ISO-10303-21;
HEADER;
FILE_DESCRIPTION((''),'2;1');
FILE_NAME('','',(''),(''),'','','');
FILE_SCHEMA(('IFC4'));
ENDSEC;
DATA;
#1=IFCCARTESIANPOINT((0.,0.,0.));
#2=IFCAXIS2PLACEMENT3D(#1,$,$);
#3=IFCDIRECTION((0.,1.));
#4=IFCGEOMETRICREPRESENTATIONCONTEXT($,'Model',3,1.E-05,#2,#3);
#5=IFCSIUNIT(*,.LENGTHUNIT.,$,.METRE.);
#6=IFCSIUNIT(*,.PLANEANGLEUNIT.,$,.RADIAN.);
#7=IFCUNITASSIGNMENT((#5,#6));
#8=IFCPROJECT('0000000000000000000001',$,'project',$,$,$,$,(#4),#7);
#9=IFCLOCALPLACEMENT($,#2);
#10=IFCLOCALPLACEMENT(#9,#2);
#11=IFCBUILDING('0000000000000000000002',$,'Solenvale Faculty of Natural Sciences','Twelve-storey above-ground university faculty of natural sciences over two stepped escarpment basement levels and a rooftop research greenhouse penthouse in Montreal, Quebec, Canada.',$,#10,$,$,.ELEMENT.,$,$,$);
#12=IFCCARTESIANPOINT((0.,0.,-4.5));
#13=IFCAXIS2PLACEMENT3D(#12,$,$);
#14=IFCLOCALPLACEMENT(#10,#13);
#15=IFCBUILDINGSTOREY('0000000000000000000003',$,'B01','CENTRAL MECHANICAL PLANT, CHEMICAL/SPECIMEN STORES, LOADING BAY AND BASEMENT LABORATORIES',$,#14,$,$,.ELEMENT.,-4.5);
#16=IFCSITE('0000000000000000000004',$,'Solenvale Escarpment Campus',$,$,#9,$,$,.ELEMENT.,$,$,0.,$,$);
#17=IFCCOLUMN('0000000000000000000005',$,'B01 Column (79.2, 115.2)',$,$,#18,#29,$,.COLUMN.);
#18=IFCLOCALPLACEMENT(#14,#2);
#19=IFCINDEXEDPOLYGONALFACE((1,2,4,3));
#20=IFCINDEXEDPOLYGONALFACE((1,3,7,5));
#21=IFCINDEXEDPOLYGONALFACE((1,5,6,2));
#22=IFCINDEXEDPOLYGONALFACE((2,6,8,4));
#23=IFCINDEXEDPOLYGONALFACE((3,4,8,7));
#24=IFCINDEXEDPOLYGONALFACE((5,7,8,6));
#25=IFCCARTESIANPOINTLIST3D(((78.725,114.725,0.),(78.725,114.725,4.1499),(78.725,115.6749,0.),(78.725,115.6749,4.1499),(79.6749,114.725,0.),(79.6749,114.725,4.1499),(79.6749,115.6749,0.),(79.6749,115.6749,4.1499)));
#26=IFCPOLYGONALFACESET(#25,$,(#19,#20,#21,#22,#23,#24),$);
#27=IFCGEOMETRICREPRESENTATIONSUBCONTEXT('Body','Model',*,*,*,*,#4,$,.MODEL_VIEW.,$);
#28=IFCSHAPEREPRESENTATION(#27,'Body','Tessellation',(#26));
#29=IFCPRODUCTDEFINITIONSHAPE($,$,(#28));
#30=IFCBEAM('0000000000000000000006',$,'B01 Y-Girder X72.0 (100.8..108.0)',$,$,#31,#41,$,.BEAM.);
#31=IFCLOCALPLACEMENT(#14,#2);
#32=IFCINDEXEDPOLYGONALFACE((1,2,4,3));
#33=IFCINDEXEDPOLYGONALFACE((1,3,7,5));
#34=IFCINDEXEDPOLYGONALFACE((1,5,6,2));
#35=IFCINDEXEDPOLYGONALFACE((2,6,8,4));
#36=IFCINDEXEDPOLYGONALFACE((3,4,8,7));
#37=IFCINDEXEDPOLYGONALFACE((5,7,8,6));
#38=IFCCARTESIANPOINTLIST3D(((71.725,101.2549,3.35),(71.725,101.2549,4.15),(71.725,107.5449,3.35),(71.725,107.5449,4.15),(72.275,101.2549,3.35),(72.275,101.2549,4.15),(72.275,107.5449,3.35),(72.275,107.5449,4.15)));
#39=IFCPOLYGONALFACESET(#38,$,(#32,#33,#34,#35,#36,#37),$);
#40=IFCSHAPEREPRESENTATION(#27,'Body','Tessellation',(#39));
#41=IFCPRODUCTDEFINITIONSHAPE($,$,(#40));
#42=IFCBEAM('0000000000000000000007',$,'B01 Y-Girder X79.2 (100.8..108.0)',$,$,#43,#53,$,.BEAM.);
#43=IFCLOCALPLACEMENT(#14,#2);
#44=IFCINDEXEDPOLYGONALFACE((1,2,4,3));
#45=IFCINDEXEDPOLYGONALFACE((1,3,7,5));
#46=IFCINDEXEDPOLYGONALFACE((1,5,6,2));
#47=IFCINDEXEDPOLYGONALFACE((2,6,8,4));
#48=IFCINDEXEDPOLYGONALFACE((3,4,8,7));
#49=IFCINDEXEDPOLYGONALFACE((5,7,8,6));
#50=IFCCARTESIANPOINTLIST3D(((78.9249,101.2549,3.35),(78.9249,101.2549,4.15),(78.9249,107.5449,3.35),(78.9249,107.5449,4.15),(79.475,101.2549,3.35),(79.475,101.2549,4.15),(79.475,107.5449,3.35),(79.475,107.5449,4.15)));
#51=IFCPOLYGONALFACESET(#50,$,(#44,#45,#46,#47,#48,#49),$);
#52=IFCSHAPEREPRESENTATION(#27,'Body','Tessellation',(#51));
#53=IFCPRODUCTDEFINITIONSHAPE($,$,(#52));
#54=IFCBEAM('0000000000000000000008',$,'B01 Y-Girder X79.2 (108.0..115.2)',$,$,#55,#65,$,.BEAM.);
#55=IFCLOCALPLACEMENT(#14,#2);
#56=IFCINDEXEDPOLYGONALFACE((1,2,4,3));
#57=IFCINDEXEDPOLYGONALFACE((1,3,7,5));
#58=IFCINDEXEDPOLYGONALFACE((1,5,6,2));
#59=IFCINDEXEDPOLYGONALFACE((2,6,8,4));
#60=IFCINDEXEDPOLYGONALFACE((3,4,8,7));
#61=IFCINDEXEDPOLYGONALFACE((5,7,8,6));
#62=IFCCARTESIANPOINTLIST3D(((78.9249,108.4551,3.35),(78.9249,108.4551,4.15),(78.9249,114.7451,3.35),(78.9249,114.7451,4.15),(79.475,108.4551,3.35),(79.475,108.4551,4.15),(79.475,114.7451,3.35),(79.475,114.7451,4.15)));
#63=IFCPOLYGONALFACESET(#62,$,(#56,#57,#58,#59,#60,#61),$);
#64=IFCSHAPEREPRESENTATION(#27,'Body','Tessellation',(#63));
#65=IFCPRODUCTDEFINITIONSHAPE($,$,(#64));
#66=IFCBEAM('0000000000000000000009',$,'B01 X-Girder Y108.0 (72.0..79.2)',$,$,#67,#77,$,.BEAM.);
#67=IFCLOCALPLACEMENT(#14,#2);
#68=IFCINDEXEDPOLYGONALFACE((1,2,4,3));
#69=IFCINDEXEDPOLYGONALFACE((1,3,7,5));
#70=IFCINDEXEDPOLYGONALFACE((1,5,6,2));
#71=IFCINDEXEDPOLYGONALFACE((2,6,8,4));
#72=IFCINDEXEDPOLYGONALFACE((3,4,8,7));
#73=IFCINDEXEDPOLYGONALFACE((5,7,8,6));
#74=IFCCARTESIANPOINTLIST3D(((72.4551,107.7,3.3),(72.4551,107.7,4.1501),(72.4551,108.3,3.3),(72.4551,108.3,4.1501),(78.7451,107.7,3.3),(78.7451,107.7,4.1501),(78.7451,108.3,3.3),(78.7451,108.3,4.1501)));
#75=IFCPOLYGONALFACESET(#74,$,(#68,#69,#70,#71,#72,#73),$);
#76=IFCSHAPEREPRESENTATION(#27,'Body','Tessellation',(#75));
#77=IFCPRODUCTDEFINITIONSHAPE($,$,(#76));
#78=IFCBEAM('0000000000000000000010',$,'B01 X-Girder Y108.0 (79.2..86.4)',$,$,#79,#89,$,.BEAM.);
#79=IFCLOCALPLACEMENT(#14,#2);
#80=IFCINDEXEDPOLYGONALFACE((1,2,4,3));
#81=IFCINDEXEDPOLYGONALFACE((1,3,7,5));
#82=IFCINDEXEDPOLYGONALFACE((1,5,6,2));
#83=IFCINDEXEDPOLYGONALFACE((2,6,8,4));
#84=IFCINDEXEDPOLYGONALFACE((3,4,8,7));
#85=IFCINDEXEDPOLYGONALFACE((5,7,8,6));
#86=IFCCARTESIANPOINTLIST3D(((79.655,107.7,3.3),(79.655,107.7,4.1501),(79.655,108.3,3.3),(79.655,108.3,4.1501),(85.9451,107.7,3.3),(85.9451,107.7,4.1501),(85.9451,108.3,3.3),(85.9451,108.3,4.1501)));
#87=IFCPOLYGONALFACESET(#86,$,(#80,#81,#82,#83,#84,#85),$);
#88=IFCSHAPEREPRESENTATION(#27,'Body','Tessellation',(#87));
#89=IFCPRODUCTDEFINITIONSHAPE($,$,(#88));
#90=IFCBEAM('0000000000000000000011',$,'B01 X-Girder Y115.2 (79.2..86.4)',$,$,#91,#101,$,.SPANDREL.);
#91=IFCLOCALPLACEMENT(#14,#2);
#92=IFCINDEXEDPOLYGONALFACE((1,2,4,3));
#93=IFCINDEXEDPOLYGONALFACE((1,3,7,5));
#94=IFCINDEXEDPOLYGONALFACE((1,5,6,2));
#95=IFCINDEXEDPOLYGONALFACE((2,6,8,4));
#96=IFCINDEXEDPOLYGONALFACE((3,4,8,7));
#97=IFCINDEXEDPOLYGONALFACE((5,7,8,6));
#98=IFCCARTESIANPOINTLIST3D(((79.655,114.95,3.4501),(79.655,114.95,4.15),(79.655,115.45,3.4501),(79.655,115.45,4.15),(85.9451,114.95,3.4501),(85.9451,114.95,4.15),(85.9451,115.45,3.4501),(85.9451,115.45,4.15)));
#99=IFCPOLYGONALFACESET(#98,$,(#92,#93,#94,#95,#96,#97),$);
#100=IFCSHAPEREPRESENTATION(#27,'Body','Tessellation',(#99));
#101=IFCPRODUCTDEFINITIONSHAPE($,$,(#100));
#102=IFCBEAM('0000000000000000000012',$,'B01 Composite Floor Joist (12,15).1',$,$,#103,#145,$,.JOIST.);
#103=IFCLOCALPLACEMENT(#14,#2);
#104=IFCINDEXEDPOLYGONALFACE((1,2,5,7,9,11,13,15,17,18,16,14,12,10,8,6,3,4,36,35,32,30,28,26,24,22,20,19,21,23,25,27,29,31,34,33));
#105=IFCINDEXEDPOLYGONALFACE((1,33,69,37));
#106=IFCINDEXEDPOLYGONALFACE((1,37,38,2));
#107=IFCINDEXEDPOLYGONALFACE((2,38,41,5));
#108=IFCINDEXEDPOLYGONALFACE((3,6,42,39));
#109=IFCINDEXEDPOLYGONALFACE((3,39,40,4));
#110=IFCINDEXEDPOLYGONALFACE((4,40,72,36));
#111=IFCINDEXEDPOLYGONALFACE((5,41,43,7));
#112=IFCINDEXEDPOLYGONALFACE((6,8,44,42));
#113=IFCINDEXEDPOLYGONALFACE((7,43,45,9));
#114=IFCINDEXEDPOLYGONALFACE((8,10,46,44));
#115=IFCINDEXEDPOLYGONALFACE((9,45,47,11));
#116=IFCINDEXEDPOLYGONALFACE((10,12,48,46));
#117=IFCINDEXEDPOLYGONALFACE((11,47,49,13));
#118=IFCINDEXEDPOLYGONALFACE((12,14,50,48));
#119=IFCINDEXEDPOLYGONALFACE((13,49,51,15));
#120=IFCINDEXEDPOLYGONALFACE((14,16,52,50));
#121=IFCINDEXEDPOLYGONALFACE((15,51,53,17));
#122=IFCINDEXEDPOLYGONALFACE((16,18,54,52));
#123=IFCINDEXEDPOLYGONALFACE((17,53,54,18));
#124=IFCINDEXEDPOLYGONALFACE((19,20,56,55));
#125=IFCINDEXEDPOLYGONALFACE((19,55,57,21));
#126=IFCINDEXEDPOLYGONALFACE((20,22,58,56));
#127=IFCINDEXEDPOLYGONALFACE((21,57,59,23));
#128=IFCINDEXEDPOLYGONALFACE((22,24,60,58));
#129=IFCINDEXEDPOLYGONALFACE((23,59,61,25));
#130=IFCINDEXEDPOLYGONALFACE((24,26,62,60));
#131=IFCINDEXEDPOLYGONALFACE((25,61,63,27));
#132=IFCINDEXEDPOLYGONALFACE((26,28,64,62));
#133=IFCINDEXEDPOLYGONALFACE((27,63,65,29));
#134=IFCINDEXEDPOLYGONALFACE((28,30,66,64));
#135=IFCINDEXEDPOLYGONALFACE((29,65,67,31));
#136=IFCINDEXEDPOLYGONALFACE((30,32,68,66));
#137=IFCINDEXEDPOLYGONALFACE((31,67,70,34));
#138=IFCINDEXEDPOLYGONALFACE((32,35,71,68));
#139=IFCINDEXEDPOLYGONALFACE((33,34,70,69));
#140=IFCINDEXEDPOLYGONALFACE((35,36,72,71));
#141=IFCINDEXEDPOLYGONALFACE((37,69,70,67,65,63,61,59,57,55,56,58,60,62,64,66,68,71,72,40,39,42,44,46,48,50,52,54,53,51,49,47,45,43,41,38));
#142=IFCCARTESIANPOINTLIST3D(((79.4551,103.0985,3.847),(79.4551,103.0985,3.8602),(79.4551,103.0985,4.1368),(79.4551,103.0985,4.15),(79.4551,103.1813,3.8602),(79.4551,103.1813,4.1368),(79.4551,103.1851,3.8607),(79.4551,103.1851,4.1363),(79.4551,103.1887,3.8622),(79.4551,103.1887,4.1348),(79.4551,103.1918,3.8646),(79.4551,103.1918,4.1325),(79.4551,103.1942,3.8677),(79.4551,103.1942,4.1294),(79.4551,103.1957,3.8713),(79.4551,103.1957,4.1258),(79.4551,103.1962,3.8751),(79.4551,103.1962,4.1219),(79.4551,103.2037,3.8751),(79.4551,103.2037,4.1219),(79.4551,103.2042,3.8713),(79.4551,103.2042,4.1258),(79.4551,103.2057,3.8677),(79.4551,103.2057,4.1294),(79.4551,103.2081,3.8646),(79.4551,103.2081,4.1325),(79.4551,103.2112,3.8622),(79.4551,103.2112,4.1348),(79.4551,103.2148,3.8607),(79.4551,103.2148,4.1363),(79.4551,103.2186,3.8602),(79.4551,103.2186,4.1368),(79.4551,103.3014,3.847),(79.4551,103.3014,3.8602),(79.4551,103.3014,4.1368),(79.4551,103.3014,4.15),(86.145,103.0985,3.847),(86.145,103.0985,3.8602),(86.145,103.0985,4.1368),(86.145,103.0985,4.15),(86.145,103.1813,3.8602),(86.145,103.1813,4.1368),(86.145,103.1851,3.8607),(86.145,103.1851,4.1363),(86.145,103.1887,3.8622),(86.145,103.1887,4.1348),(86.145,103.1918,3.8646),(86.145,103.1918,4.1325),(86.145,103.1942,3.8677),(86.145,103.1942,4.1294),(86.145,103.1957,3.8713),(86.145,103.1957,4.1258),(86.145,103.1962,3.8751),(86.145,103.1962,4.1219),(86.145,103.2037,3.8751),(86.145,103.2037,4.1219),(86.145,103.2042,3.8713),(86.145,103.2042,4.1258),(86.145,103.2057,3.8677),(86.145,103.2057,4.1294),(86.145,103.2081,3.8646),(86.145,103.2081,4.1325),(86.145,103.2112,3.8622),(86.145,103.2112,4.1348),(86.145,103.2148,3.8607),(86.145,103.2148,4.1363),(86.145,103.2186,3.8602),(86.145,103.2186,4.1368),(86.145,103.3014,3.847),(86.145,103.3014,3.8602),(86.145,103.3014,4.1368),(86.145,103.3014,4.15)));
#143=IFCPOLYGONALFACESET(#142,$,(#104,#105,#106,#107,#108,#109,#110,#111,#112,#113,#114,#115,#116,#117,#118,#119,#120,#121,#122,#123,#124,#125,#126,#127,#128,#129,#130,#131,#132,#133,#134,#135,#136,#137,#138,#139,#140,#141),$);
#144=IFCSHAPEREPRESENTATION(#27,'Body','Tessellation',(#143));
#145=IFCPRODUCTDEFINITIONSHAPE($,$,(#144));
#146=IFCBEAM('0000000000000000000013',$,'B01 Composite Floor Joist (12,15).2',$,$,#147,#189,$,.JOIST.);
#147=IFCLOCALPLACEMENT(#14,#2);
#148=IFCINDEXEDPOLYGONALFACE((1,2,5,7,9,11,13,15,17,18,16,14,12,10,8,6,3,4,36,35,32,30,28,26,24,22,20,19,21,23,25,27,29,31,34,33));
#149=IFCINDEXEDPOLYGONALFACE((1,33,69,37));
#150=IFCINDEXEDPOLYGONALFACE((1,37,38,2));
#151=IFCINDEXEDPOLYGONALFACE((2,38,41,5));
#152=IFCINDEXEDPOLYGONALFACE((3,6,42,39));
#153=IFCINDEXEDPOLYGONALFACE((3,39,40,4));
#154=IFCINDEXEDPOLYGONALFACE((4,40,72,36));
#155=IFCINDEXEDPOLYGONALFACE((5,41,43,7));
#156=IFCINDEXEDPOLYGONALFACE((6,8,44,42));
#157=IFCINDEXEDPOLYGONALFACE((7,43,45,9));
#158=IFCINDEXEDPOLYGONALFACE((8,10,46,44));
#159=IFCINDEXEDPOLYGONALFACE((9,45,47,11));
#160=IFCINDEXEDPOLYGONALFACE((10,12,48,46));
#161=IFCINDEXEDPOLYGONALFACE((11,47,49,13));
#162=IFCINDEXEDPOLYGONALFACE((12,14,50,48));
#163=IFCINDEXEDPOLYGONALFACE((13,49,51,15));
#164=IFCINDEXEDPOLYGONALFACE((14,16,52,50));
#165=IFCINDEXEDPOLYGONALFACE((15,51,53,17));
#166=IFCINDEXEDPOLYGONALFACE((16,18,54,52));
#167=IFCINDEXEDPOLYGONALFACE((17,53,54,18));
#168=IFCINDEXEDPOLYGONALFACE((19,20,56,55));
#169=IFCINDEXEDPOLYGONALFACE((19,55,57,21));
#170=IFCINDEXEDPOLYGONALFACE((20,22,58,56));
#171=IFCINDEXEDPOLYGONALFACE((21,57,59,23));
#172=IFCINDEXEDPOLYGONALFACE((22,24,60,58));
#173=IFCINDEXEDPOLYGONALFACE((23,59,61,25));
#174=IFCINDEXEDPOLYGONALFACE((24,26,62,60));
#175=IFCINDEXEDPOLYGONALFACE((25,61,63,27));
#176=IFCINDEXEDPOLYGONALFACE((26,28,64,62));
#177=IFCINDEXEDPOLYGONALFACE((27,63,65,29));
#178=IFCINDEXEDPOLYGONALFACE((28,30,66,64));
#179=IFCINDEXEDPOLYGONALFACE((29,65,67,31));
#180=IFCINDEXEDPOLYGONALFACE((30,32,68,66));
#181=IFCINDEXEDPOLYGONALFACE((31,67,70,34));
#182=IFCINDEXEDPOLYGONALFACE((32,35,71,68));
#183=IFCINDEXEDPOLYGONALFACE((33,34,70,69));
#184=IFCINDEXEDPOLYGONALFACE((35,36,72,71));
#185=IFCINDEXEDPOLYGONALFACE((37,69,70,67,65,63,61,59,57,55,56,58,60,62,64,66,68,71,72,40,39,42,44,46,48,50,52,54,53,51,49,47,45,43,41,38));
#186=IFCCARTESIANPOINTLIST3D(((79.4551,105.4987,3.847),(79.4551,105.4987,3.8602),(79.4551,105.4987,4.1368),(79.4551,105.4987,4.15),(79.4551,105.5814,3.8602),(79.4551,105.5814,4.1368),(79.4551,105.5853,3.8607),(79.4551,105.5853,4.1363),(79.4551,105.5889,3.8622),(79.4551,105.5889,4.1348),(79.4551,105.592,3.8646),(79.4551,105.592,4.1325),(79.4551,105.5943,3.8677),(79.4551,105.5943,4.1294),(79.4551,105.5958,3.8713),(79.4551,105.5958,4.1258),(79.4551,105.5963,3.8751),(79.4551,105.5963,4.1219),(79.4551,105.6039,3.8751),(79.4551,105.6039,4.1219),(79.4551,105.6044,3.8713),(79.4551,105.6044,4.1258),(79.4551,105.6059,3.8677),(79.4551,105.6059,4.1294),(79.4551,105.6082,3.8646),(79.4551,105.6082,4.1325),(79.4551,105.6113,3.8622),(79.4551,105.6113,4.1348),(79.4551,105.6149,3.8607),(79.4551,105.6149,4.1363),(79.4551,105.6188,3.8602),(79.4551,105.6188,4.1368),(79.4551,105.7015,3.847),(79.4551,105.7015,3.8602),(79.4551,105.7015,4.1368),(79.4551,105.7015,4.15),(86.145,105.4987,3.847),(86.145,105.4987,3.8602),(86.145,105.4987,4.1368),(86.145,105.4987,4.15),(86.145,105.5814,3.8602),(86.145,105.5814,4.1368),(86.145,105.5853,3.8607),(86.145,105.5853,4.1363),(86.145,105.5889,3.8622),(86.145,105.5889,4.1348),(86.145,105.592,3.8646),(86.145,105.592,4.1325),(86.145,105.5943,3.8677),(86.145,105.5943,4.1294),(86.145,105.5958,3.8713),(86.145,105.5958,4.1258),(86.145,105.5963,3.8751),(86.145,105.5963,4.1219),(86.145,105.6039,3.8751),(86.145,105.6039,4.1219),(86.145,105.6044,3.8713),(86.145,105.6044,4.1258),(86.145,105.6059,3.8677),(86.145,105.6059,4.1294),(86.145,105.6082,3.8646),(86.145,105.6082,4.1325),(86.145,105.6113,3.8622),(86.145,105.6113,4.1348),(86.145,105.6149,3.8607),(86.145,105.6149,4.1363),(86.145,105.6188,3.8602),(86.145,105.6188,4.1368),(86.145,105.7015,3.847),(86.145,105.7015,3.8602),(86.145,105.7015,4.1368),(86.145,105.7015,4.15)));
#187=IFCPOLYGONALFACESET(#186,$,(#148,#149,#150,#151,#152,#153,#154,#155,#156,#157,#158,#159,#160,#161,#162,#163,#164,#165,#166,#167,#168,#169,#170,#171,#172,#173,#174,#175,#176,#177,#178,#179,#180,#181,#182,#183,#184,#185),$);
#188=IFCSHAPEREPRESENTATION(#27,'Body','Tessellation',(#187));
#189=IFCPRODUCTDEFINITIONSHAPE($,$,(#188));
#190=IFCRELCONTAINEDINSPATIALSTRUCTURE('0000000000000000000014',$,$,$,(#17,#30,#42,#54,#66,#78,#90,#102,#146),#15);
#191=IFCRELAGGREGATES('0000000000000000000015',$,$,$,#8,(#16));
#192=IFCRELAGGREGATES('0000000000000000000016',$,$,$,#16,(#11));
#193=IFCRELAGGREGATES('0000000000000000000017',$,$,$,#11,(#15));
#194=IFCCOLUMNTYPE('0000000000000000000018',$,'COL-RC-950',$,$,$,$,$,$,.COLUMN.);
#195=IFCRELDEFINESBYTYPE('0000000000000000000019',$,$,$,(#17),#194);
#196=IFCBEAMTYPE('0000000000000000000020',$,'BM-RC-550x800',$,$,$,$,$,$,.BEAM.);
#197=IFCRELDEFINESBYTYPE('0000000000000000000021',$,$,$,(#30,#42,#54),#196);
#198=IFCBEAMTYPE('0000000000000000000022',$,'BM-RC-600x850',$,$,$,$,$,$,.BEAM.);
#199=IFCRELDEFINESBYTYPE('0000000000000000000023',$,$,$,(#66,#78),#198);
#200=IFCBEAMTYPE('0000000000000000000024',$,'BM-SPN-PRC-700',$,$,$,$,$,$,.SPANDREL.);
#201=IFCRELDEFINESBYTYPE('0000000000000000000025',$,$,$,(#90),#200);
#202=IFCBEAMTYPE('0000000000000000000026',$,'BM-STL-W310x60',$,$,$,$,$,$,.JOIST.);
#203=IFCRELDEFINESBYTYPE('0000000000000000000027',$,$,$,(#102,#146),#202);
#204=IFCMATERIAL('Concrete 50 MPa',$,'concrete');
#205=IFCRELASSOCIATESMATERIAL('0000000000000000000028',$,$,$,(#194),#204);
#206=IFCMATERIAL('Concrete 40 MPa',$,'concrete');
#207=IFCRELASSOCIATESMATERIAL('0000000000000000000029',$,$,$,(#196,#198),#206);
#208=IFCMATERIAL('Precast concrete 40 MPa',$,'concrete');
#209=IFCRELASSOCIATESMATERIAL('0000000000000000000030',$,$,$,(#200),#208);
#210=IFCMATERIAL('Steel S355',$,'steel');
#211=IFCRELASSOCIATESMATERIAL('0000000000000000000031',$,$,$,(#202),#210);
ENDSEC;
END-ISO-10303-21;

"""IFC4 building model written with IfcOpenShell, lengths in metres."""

from ifc_helpers import new_model, si_unit, direction, frame, origin, origin_2d, place, context, subcontext, project, spatial, rectangle, i_section, extrude, material, material_profile, profile_set, type_object, element, save


model = new_model("IFC4")

# Units and contexts
model_context = context("Model", 3, precision=1e-05, world=origin(), true_north=direction((0.0, 1.0)))
body_context = subcontext(model_context, "Body", "Model", "MODEL_VIEW")
ifc_project = project(units=[si_unit("LENGTHUNIT", "METRE"), si_unit("PLANEANGLEUNIT", "RADIAN")], contexts=[model_context])

# Site, building, storey
site_placement = place(None, origin())
site = spatial("IfcSite", under=ifc_project, at=site_placement, Name="Solenvale Escarpment Campus", CompositionType="ELEMENT", RefElevation=0.0)
building_placement = place(site_placement, origin())
building = spatial("IfcBuilding", under=site, at=building_placement, Name="Solenvale Faculty of Natural Sciences", Description="Twelve-storey above-ground university faculty of natural sciences over two stepped escarpment basement levels and a rooftop research greenhouse penthouse in Montreal, Quebec, Canada.", CompositionType="ELEMENT")
storey_placement = place(building_placement, frame((0.0, 0.0, -4.5)))
storey = spatial("IfcBuildingStorey", under=building, at=storey_placement, Name="B01", Description="CENTRAL MECHANICAL PLANT, CHEMICAL/SPECIMEN STORES, LOADING BAY AND BASEMENT LABORATORIES", CompositionType="ELEMENT", Elevation=-4.5)

# Shared definitions
ifc_material_1 = material(Name="Concrete 40 MPa", Category="concrete")

# Column
ifc_material_2 = material(Name="Concrete 50 MPa", Category="concrete")
ifc_material_profile_1 = material_profile(ifc_material_2, rectangle(XDim=0.95, YDim=0.95, at=origin_2d()), Name="RC-COL-950x950")
ifc_profile_set_1 = profile_set([ifc_material_profile_1], Name="Concrete 50 MPa")
column_type = type_object("IfcColumnType", Name="COL-RC-950", PredefinedType="COLUMN", material=ifc_profile_set_1)
for number, where, z_axis, x_axis, name in (
    (1, (79.2, 115.2, 0.0), (0.0, 0.0, 1.0), (1.0, 0.0, 0.0), "B01 Column (79.2, 115.2)"),
):
    element("IfcColumn", number, at=place(storey_placement, frame(where, z_axis=z_axis, x_axis=x_axis)), inside=storey, type_object=column_type, Name=name, PredefinedType="COLUMN", context=body_context, shape_type="SweptSolid", body=[
        extrude(rectangle(XDim=0.95, YDim=0.95, at=origin_2d()), origin(), (0.0, 0.0, 1.0), 4.1499),
    ])

# Beams
ifc_material_profile_2 = material_profile(ifc_material_1, rectangle(XDim=0.55, YDim=0.8, at=origin_2d()), Name="RC-BM-550x800")
ifc_profile_set_2 = profile_set([ifc_material_profile_2], Name="Concrete 40 MPa")
beam_type_1 = type_object("IfcBeamType", Name="BM-RC-550x800", PredefinedType="BEAM", material=ifc_profile_set_2)
for number, where, z_axis, x_axis, name in (
    (2, (72.0, 101.2549, 3.75), (0.0, 1.0, 0.0), (-1.0, 0.0, 0.0), "B01 Y-Girder X72.0 (100.8..108.0)"),
    (3, (79.2, 101.2549, 3.75), (0.0, 1.0, 0.0), (-1.0, 0.0, 0.0), "B01 Y-Girder X79.2 (100.8..108.0)"),
    (4, (79.2, 108.4551, 3.75), (0.0, 1.0, 0.0), (-1.0, 0.0, 0.0), "B01 Y-Girder X79.2 (108.0..115.2)"),
):
    element("IfcBeam", number, at=place(storey_placement, frame(where, z_axis=z_axis, x_axis=x_axis)), inside=storey, type_object=beam_type_1, Name=name, PredefinedType="BEAM", context=body_context, shape_type="SweptSolid", body=[
        extrude(rectangle(XDim=0.55, YDim=0.8, at=origin_2d()), origin(), (0.0, 0.0, 1.0), 6.29),
    ])
ifc_material_profile_3 = material_profile(ifc_material_1, rectangle(XDim=0.6001, YDim=0.8501, at=origin_2d()), Name="RC-BM-600x850")
ifc_profile_set_3 = profile_set([ifc_material_profile_3], Name="Concrete 40 MPa")
beam_type_2 = type_object("IfcBeamType", Name="BM-RC-600x850", PredefinedType="BEAM", material=ifc_profile_set_3)
for number, where, z_axis, x_axis, name in (
    (5, (72.4551, 108.0, 3.7251), (1.0, 0.0, 0.0), (0.0, 1.0, 0.0), "B01 X-Girder Y108.0 (72.0..79.2)"),
    (6, (79.655, 108.0, 3.7251), (1.0, 0.0, 0.0), (0.0, 1.0, 0.0), "B01 X-Girder Y108.0 (79.2..86.4)"),
):
    element("IfcBeam", number, at=place(storey_placement, frame(where, z_axis=z_axis, x_axis=x_axis)), inside=storey, type_object=beam_type_2, Name=name, PredefinedType="BEAM", context=body_context, shape_type="SweptSolid", body=[
        extrude(rectangle(XDim=0.6001, YDim=0.8501, at=origin_2d()), origin(), (0.0, 0.0, 1.0), 6.29),
    ])
ifc_material_3 = material(Name="Precast concrete 40 MPa", Category="concrete")
ifc_material_profile_4 = material_profile(ifc_material_3, rectangle(XDim=0.5, YDim=0.7, at=origin_2d()), Name="RC-BM-500x700")
ifc_profile_set_4 = profile_set([ifc_material_profile_4], Name="Precast concrete 40 MPa")
beam_type_3 = type_object("IfcBeamType", Name="BM-SPN-PRC-700", PredefinedType="SPANDREL", material=ifc_profile_set_4)
beam_placement = place(storey_placement, frame((79.655, 115.2, 3.8), z_axis=(1.0, 0.0, 0.0), x_axis=(0.0, 1.0, 0.0)))
element("IfcBeam", 7, at=beam_placement, inside=storey, type_object=beam_type_3, Name="B01 X-Girder Y115.2 (79.2..86.4)", PredefinedType="SPANDREL", context=body_context, shape_type="SweptSolid", body=[
    extrude(rectangle(XDim=0.5, YDim=0.7, at=origin_2d()), origin(), (0.0, 0.0, 1.0), 6.29),
])
ifc_material_4 = material(Name="Steel S355", Category="steel")
ifc_material_profile_5 = material_profile(ifc_material_4, i_section(OverallWidth=0.2029, OverallDepth=0.303, WebThickness=0.0076, FlangeThickness=0.0132, FilletRadius=0.0149, at=origin_2d()), Name="W310x60")
ifc_profile_set_5 = profile_set([ifc_material_profile_5], Name="Steel S355")
beam_type_4 = type_object("IfcBeamType", Name="BM-STL-W310x60", PredefinedType="JOIST", material=ifc_profile_set_5)
for number, where, z_axis, x_axis, name in (
    (8, (79.4551, 103.2, 3.9985), (1.0, 0.0, 0.0), (0.0, 1.0, 0.0), "B01 Composite Floor Joist (12,15).1"),
    (9, (79.4551, 105.6001, 3.9985), (1.0, 0.0, 0.0), (0.0, 1.0, 0.0), "B01 Composite Floor Joist (12,15).2"),
):
    element("IfcBeam", number, at=place(storey_placement, frame(where, z_axis=z_axis, x_axis=x_axis)), inside=storey, type_object=beam_type_4, Name=name, PredefinedType="JOIST", context=body_context, shape_type="SweptSolid", body=[
        extrude(i_section(OverallWidth=0.2029, OverallDepth=0.303, WebThickness=0.0076, FlangeThickness=0.0132, FilletRadius=0.0149, at=origin_2d()), origin(), (0.0, 0.0, 1.0), 6.6899),
    ])

save(model, "model.ifc")
